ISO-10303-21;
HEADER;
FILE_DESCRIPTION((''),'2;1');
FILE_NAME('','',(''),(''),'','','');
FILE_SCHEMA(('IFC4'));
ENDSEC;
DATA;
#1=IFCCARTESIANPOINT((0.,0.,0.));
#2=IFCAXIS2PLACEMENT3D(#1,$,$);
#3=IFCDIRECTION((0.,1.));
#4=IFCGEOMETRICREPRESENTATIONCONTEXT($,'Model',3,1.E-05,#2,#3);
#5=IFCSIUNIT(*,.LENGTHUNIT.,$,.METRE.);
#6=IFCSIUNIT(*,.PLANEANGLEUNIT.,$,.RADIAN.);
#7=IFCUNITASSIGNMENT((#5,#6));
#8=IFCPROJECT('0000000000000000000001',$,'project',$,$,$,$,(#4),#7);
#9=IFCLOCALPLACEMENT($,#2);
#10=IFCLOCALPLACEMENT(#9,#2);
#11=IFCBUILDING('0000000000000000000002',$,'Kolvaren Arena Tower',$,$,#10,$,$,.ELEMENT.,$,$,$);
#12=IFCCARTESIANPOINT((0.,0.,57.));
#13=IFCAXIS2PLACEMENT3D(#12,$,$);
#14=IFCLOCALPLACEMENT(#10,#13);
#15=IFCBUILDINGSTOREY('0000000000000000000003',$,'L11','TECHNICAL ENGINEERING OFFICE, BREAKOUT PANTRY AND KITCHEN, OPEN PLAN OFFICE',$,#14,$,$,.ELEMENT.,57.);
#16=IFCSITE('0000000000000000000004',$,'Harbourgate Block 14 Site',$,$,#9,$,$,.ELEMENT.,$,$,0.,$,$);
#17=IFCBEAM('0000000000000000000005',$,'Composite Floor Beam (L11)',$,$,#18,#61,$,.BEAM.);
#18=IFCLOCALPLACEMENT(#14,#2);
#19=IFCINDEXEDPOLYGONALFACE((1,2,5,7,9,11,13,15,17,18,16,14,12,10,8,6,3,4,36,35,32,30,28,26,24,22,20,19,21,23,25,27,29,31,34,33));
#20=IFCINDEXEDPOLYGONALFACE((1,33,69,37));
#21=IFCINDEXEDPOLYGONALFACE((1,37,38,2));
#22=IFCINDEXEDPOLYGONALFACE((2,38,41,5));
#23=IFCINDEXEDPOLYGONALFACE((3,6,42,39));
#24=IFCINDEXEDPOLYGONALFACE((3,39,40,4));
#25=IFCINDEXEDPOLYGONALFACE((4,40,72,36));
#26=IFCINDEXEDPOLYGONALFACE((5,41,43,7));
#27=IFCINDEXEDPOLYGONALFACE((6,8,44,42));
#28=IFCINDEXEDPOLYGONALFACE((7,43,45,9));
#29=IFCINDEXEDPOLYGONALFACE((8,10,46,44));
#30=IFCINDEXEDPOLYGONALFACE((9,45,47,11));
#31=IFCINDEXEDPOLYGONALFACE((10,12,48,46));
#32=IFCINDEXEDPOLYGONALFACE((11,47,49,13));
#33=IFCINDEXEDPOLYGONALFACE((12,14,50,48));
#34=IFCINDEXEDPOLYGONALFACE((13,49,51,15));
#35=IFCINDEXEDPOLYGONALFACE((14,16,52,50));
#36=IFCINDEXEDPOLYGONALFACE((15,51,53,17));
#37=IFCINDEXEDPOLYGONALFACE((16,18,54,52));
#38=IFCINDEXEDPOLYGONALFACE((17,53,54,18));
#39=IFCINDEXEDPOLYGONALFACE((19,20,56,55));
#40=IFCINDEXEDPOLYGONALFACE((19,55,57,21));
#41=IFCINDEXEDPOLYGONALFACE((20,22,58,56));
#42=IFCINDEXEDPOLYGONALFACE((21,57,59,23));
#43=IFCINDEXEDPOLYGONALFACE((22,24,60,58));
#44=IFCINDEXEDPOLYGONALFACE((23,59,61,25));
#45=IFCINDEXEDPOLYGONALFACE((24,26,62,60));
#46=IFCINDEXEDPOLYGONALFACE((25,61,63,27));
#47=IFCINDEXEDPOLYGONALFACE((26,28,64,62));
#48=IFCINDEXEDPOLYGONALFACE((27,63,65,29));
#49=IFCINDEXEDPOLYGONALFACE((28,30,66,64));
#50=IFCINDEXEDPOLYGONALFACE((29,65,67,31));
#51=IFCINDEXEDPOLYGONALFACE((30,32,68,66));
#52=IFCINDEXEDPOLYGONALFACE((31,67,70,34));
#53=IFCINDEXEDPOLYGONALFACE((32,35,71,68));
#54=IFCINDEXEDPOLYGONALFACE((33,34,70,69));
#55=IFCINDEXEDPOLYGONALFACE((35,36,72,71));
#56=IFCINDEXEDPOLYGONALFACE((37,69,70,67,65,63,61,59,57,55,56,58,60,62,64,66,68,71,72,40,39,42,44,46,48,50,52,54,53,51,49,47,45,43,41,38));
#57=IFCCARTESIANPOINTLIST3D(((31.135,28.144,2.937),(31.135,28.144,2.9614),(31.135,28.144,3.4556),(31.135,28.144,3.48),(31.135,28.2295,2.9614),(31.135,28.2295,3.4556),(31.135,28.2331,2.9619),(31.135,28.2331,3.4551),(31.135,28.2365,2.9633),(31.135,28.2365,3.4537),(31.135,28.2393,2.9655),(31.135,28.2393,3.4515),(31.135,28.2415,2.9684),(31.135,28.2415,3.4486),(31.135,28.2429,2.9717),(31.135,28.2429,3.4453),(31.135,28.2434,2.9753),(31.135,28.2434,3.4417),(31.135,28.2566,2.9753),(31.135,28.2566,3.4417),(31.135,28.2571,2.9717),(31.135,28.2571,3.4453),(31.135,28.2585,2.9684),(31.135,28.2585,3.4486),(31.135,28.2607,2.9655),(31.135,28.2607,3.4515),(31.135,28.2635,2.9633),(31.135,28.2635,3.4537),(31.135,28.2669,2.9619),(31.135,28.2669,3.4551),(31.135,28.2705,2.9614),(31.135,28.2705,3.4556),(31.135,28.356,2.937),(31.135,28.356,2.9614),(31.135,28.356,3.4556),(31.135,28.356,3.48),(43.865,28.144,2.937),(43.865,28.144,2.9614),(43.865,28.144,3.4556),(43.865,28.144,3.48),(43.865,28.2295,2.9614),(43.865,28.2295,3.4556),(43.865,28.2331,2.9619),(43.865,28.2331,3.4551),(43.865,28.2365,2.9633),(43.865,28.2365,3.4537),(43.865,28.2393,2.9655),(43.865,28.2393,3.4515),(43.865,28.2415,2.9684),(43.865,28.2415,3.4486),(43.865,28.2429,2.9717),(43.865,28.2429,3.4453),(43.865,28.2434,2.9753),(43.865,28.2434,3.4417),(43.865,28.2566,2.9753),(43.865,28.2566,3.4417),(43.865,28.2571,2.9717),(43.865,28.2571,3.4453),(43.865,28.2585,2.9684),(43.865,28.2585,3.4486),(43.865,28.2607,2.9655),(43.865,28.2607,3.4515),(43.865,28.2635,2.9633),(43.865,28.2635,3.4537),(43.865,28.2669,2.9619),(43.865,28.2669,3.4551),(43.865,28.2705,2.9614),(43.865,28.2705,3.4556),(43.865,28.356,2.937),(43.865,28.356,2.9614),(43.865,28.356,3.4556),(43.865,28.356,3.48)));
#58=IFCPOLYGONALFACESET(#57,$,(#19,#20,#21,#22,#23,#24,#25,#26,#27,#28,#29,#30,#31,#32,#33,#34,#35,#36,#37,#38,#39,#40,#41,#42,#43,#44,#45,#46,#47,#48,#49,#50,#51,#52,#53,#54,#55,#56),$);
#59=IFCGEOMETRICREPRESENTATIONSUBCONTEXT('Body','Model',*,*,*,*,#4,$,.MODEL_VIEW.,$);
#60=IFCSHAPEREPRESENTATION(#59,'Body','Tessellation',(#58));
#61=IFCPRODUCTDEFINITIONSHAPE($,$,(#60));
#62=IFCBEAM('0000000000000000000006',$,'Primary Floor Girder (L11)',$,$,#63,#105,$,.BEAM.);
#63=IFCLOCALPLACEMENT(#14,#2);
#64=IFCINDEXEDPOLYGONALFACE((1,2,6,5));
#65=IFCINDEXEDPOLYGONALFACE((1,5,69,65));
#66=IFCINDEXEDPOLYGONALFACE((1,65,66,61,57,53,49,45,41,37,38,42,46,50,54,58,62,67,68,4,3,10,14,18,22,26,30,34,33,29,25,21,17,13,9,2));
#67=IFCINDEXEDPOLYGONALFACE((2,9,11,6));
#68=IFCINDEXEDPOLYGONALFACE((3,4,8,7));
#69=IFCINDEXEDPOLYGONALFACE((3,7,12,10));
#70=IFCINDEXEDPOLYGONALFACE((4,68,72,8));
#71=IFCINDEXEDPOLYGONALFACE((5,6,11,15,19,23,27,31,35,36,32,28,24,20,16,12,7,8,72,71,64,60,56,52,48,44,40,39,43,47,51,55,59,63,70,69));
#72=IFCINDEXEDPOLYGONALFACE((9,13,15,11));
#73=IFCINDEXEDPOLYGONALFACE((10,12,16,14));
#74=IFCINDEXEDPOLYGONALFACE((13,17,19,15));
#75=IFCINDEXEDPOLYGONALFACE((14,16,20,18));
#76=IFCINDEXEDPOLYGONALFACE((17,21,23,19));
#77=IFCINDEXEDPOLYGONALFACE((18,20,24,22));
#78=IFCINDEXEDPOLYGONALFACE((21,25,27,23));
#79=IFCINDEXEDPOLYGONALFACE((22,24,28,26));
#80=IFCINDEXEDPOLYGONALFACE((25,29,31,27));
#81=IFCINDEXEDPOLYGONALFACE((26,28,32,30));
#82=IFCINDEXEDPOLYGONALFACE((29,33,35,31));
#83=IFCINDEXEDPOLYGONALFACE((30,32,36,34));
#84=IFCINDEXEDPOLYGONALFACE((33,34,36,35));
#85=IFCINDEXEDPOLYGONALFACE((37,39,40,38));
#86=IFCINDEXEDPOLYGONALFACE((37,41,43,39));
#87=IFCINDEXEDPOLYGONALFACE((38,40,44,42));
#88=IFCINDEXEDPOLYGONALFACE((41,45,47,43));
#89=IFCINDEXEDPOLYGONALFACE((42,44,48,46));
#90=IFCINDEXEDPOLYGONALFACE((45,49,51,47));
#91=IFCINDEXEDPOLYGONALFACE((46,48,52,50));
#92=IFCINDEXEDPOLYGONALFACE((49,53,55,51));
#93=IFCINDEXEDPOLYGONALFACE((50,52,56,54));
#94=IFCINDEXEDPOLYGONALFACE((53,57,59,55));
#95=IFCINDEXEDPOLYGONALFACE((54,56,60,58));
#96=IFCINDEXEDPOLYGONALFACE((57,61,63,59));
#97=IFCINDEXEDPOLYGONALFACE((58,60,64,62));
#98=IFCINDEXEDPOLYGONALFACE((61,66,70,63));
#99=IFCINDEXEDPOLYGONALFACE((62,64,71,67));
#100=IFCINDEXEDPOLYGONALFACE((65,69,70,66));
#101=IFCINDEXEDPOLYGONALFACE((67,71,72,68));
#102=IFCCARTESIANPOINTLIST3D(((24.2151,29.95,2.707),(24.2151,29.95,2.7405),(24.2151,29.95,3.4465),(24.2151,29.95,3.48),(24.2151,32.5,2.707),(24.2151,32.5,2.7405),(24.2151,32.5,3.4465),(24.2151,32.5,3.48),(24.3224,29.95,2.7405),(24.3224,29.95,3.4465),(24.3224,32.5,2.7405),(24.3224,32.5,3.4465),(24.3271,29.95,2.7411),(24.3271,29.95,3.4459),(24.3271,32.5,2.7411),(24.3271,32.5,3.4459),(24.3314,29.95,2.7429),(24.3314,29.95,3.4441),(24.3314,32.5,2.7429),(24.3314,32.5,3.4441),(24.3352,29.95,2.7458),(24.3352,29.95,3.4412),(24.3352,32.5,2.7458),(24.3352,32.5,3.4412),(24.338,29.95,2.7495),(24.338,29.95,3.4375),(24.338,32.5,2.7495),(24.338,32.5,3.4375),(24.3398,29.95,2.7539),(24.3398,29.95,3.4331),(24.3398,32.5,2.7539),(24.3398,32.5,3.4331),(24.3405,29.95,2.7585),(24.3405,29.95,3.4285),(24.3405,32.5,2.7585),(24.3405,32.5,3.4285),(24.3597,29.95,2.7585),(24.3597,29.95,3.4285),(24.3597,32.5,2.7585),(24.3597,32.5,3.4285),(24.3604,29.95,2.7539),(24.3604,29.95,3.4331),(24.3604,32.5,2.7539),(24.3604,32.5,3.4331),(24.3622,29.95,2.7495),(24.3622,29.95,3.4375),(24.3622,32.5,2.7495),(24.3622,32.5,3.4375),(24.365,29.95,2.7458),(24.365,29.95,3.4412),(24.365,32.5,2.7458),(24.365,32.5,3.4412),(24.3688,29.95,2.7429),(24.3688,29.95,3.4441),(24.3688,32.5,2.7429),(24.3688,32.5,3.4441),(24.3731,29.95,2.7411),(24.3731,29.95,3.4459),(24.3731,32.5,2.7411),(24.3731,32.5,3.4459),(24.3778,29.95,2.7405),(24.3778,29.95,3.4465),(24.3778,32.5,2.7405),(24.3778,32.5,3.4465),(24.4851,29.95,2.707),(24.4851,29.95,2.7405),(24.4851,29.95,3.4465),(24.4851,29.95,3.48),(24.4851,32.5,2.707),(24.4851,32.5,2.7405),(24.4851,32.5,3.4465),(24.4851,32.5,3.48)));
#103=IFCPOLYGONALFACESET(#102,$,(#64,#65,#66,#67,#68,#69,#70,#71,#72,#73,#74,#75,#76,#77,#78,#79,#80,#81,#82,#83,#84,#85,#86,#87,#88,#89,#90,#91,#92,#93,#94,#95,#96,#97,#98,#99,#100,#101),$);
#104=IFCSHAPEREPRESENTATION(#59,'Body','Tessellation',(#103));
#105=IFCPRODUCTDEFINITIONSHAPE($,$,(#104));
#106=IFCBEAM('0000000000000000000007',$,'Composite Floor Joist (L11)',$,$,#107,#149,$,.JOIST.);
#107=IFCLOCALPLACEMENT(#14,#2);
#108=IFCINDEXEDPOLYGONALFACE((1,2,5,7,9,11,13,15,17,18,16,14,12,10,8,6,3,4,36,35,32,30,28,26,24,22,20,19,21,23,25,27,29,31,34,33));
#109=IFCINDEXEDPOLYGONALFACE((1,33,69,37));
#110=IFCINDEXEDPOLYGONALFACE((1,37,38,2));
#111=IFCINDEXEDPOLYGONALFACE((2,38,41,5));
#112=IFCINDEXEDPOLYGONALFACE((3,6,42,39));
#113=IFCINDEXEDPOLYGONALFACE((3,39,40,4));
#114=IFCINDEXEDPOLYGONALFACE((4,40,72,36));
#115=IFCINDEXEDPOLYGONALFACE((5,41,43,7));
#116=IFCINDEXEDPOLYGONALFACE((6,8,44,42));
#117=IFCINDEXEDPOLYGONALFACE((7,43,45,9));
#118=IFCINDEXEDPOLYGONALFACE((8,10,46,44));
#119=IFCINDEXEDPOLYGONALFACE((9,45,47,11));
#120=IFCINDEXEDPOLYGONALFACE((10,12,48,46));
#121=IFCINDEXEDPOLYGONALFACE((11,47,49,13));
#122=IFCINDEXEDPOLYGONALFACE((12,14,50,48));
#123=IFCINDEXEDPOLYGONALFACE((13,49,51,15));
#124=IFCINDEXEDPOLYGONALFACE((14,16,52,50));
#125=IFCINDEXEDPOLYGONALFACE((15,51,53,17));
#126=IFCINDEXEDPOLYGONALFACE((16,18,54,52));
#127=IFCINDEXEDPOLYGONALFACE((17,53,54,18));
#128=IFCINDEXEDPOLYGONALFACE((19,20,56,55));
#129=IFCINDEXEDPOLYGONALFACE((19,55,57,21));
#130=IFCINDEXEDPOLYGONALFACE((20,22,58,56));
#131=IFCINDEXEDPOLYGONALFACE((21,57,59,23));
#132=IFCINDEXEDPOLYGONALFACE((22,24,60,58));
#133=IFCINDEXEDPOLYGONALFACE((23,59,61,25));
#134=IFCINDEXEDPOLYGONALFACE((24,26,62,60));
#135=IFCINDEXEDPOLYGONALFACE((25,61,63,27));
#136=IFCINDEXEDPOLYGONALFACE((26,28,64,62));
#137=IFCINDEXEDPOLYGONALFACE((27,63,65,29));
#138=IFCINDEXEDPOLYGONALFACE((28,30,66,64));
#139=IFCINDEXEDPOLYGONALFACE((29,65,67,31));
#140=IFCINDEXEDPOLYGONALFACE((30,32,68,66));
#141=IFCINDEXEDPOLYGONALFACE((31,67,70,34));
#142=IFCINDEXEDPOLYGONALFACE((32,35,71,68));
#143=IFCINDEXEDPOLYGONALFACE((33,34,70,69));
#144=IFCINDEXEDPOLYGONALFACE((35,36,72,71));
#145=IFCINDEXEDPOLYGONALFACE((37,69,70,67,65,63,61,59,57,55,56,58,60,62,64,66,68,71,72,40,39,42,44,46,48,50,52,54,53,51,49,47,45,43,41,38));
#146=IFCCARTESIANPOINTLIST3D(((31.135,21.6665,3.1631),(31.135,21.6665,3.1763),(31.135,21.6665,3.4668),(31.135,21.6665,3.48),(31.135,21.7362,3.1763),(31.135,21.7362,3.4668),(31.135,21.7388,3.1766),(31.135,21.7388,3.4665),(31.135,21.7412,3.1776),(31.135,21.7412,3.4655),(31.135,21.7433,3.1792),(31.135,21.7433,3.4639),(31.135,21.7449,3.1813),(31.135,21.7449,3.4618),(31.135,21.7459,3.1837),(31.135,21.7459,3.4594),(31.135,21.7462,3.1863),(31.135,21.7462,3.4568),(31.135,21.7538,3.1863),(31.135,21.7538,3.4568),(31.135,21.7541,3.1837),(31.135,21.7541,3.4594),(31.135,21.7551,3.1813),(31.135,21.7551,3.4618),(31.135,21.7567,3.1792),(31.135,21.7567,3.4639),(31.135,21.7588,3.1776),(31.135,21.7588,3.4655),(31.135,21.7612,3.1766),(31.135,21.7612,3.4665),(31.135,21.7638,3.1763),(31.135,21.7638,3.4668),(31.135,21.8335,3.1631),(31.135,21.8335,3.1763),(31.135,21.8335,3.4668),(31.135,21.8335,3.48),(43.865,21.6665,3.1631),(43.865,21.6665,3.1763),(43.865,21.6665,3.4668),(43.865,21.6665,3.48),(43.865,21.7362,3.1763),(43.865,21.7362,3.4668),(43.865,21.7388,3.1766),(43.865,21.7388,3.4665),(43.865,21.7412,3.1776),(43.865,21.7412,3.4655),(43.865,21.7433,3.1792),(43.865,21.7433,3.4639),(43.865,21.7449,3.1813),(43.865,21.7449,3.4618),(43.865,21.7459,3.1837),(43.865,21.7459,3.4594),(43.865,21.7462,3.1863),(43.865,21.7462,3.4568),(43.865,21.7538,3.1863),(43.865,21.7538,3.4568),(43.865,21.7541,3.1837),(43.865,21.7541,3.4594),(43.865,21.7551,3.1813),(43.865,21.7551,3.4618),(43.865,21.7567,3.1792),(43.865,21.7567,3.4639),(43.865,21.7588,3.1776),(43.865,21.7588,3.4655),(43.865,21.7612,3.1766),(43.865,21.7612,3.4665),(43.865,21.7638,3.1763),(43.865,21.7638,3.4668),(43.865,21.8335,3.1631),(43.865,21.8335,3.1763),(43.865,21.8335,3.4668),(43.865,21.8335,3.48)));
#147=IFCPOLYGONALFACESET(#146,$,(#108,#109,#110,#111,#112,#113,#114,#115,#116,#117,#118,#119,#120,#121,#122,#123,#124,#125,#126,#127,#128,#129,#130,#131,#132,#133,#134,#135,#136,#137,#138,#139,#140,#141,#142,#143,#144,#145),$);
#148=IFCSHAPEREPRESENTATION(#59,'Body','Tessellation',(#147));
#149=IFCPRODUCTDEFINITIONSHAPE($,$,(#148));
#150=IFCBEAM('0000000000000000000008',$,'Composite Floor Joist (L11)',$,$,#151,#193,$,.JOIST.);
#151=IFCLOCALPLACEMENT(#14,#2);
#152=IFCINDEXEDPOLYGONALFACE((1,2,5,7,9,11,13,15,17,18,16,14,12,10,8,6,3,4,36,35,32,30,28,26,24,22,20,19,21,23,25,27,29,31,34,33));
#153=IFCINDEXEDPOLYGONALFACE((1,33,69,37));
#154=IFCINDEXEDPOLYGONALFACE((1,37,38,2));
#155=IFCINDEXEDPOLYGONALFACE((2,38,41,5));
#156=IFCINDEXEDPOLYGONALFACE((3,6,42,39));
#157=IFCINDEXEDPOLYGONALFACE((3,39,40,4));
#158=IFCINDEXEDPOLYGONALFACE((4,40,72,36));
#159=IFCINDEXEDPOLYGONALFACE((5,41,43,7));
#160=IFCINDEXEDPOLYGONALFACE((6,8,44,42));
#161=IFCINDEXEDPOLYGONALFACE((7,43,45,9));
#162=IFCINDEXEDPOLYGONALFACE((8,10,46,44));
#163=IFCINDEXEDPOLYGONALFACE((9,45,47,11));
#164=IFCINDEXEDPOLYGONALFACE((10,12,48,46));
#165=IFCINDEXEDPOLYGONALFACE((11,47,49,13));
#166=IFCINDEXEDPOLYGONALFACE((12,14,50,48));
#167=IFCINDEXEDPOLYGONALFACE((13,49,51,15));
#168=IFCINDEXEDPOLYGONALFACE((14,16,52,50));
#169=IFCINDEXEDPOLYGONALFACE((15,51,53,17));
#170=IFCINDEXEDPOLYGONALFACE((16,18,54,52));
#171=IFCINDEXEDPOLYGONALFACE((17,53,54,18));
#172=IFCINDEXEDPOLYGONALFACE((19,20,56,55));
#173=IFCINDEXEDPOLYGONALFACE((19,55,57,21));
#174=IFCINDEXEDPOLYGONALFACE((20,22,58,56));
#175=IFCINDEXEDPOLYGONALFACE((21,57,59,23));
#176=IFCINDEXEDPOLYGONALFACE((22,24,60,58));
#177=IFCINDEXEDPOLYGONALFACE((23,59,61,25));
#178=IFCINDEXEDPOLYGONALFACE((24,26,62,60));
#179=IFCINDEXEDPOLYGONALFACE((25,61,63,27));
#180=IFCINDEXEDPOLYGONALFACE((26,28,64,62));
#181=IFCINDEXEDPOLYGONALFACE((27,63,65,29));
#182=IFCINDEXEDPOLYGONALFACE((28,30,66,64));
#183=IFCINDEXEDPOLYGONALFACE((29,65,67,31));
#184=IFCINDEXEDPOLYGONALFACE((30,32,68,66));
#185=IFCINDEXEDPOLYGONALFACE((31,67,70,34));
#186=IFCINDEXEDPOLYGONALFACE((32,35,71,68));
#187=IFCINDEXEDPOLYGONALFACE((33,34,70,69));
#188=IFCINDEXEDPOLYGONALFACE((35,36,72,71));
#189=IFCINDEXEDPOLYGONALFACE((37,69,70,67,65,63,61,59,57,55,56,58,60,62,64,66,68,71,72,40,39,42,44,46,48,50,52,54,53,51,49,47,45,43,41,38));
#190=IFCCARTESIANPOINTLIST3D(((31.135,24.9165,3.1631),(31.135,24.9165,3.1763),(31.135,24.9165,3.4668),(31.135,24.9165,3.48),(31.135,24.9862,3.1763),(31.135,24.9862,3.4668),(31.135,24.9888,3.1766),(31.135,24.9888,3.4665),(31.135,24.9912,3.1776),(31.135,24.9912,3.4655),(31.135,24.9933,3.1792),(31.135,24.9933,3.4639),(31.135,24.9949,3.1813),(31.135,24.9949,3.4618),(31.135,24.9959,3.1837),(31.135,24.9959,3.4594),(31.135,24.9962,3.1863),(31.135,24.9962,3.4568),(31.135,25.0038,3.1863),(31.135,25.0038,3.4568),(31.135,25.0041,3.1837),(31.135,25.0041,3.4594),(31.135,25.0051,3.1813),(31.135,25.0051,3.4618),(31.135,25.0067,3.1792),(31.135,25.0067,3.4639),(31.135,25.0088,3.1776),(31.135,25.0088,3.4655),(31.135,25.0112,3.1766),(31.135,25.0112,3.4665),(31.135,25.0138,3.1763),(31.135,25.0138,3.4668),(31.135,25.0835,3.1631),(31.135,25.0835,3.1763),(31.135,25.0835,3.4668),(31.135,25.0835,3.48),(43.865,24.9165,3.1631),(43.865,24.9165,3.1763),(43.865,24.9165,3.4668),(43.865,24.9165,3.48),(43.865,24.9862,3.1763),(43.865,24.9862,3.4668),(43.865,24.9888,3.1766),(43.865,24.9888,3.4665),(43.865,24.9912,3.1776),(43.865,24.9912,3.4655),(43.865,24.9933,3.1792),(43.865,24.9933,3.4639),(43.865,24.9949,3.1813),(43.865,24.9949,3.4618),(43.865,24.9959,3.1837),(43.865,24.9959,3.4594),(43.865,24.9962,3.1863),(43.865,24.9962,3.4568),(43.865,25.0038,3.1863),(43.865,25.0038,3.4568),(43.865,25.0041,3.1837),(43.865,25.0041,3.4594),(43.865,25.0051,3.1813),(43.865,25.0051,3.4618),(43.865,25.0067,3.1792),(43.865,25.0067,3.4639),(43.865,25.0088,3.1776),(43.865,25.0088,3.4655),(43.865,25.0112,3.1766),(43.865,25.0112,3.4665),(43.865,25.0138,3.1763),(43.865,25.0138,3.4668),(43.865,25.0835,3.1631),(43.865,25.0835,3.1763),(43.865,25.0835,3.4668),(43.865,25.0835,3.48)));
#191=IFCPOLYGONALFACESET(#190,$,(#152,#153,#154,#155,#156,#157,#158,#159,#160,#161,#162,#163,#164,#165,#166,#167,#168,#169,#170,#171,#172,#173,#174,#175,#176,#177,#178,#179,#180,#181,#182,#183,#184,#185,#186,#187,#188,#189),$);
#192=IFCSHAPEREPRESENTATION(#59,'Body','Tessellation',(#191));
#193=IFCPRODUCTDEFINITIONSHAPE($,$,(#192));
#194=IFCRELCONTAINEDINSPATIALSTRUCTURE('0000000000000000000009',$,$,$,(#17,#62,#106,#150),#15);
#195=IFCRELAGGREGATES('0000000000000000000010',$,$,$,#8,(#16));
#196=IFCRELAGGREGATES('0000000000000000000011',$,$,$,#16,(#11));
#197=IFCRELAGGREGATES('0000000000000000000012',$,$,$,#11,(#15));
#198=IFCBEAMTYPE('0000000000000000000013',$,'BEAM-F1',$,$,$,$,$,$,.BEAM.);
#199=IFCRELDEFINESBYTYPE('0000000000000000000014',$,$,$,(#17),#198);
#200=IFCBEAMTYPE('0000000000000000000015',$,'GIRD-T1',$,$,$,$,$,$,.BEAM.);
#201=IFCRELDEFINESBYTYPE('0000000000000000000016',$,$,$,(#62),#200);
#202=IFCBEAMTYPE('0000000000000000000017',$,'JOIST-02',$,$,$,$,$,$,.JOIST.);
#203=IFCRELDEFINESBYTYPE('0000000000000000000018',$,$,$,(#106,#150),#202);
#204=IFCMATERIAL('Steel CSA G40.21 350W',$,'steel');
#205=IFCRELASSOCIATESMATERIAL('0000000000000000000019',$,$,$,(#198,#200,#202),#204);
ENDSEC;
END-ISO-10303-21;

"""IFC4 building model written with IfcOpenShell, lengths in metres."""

from ifc_helpers import new_model, si_unit, direction, frame, origin, origin_2d, place, context, subcontext, project, spatial, i_section, extrude, material, material_profile, profile_set, type_object, element, save


model = new_model("IFC4")

# Units and contexts
model_context = context("Model", 3, precision=1e-05, world=origin(), true_north=direction((0.0, 1.0)))
body_context = subcontext(model_context, "Body", "Model", "MODEL_VIEW")
ifc_project = project(units=[si_unit("LENGTHUNIT", "METRE"), si_unit("PLANEANGLEUNIT", "RADIAN")], contexts=[model_context])

# Site, building, storey
site_placement = place(None, origin())
site = spatial("IfcSite", under=ifc_project, at=site_placement, Name="Harbourgate Block 14 Site", CompositionType="ELEMENT", RefElevation=0.0)
building_placement = place(site_placement, origin())
building = spatial("IfcBuilding", under=site, at=building_placement, Name="Kolvaren Arena Tower", CompositionType="ELEMENT")
storey_placement = place(building_placement, frame((0.0, 0.0, 57.0)))
storey = spatial("IfcBuildingStorey", under=building, at=storey_placement, Name="L11", Description="TECHNICAL ENGINEERING OFFICE, BREAKOUT PANTRY AND KITCHEN, OPEN PLAN OFFICE", CompositionType="ELEMENT", Elevation=57.0)

# Beams
ifc_material_1 = material(Name="Steel CSA G40.21 350W", Category="steel")
ifc_material_profile_1 = material_profile(ifc_material_1, i_section(OverallWidth=0.2119, OverallDepth=0.543, WebThickness=0.0132, FlangeThickness=0.0244, FilletRadius=0.0139, at=origin_2d()), Name="W530x150")
ifc_profile_set_1 = profile_set([ifc_material_profile_1], Name="Steel CSA G40.21 350W")
beam_type_1 = type_object("IfcBeamType", Name="BEAM-F1", PredefinedType="BEAM", material=ifc_profile_set_1)
beam_1_placement = place(storey_placement, frame((31.135, 28.25, 3.2085), z_axis=(1.0, 0.0, 0.0), x_axis=(0.0, 1.0, 0.0)))
element("IfcBeam", 1, at=beam_1_placement, inside=storey, type_object=beam_type_1, Name="Composite Floor Beam (L11)", PredefinedType="BEAM", context=body_context, shape_type="SweptSolid", body=[
    extrude(i_section(OverallWidth=0.2119, OverallDepth=0.543, WebThickness=0.0132, FlangeThickness=0.0244, FilletRadius=0.0139, at=origin_2d()), origin(), (0.0, 0.0, 1.0), 12.73),
])
ifc_material_profile_2 = material_profile(ifc_material_1, i_section(OverallWidth=0.27, OverallDepth=0.7729, WebThickness=0.0193, FlangeThickness=0.0334, FilletRadius=0.0181, at=origin_2d()), Name="W760x257")
ifc_profile_set_2 = profile_set([ifc_material_profile_2], Name="Steel CSA G40.21 350W")
beam_type_2 = type_object("IfcBeamType", Name="GIRD-T1", PredefinedType="BEAM", material=ifc_profile_set_2)
beam_2_placement = place(storey_placement, frame((24.3501, 29.95, 3.0935), z_axis=(0.0, 1.0, 0.0), x_axis=(-1.0, 0.0, 0.0)))
element("IfcBeam", 2, at=beam_2_placement, inside=storey, type_object=beam_type_2, Name="Primary Floor Girder (L11)", PredefinedType="BEAM", context=body_context, shape_type="SweptSolid", body=[
    extrude(i_section(OverallWidth=0.27, OverallDepth=0.7729, WebThickness=0.0193, FlangeThickness=0.0334, FilletRadius=0.0181, at=origin_2d()), origin(), (0.0, 0.0, 1.0), 2.55),
])
ifc_material_profile_3 = material_profile(ifc_material_1, i_section(OverallWidth=0.167, OverallDepth=0.3169, WebThickness=0.0076, FlangeThickness=0.0132, FilletRadius=0.01, at=origin_2d()), Name="W310x52")
ifc_profile_set_3 = profile_set([ifc_material_profile_3], Name="Steel CSA G40.21 350W")
beam_type_3 = type_object("IfcBeamType", Name="JOIST-02", PredefinedType="JOIST", material=ifc_profile_set_3)
for number, where, z_axis, x_axis, name in (
    (3, (31.135, 21.75, 3.3215), (1.0, 0.0, 0.0), (0.0, 1.0, 0.0), "Composite Floor Joist (L11)"),
    (4, (31.135, 25.0, 3.3215), (1.0, 0.0, 0.0), (0.0, 1.0, 0.0), "Composite Floor Joist (L11)"),
):
    element("IfcBeam", number, at=place(storey_placement, frame(where, z_axis=z_axis, x_axis=x_axis)), inside=storey, type_object=beam_type_3, Name=name, PredefinedType="JOIST", context=body_context, shape_type="SweptSolid", body=[
        extrude(i_section(OverallWidth=0.167, OverallDepth=0.3169, WebThickness=0.0076, FlangeThickness=0.0132, FilletRadius=0.01, at=origin_2d()), origin(), (0.0, 0.0, 1.0), 12.73),
    ])

save(model, "model.ifc")
